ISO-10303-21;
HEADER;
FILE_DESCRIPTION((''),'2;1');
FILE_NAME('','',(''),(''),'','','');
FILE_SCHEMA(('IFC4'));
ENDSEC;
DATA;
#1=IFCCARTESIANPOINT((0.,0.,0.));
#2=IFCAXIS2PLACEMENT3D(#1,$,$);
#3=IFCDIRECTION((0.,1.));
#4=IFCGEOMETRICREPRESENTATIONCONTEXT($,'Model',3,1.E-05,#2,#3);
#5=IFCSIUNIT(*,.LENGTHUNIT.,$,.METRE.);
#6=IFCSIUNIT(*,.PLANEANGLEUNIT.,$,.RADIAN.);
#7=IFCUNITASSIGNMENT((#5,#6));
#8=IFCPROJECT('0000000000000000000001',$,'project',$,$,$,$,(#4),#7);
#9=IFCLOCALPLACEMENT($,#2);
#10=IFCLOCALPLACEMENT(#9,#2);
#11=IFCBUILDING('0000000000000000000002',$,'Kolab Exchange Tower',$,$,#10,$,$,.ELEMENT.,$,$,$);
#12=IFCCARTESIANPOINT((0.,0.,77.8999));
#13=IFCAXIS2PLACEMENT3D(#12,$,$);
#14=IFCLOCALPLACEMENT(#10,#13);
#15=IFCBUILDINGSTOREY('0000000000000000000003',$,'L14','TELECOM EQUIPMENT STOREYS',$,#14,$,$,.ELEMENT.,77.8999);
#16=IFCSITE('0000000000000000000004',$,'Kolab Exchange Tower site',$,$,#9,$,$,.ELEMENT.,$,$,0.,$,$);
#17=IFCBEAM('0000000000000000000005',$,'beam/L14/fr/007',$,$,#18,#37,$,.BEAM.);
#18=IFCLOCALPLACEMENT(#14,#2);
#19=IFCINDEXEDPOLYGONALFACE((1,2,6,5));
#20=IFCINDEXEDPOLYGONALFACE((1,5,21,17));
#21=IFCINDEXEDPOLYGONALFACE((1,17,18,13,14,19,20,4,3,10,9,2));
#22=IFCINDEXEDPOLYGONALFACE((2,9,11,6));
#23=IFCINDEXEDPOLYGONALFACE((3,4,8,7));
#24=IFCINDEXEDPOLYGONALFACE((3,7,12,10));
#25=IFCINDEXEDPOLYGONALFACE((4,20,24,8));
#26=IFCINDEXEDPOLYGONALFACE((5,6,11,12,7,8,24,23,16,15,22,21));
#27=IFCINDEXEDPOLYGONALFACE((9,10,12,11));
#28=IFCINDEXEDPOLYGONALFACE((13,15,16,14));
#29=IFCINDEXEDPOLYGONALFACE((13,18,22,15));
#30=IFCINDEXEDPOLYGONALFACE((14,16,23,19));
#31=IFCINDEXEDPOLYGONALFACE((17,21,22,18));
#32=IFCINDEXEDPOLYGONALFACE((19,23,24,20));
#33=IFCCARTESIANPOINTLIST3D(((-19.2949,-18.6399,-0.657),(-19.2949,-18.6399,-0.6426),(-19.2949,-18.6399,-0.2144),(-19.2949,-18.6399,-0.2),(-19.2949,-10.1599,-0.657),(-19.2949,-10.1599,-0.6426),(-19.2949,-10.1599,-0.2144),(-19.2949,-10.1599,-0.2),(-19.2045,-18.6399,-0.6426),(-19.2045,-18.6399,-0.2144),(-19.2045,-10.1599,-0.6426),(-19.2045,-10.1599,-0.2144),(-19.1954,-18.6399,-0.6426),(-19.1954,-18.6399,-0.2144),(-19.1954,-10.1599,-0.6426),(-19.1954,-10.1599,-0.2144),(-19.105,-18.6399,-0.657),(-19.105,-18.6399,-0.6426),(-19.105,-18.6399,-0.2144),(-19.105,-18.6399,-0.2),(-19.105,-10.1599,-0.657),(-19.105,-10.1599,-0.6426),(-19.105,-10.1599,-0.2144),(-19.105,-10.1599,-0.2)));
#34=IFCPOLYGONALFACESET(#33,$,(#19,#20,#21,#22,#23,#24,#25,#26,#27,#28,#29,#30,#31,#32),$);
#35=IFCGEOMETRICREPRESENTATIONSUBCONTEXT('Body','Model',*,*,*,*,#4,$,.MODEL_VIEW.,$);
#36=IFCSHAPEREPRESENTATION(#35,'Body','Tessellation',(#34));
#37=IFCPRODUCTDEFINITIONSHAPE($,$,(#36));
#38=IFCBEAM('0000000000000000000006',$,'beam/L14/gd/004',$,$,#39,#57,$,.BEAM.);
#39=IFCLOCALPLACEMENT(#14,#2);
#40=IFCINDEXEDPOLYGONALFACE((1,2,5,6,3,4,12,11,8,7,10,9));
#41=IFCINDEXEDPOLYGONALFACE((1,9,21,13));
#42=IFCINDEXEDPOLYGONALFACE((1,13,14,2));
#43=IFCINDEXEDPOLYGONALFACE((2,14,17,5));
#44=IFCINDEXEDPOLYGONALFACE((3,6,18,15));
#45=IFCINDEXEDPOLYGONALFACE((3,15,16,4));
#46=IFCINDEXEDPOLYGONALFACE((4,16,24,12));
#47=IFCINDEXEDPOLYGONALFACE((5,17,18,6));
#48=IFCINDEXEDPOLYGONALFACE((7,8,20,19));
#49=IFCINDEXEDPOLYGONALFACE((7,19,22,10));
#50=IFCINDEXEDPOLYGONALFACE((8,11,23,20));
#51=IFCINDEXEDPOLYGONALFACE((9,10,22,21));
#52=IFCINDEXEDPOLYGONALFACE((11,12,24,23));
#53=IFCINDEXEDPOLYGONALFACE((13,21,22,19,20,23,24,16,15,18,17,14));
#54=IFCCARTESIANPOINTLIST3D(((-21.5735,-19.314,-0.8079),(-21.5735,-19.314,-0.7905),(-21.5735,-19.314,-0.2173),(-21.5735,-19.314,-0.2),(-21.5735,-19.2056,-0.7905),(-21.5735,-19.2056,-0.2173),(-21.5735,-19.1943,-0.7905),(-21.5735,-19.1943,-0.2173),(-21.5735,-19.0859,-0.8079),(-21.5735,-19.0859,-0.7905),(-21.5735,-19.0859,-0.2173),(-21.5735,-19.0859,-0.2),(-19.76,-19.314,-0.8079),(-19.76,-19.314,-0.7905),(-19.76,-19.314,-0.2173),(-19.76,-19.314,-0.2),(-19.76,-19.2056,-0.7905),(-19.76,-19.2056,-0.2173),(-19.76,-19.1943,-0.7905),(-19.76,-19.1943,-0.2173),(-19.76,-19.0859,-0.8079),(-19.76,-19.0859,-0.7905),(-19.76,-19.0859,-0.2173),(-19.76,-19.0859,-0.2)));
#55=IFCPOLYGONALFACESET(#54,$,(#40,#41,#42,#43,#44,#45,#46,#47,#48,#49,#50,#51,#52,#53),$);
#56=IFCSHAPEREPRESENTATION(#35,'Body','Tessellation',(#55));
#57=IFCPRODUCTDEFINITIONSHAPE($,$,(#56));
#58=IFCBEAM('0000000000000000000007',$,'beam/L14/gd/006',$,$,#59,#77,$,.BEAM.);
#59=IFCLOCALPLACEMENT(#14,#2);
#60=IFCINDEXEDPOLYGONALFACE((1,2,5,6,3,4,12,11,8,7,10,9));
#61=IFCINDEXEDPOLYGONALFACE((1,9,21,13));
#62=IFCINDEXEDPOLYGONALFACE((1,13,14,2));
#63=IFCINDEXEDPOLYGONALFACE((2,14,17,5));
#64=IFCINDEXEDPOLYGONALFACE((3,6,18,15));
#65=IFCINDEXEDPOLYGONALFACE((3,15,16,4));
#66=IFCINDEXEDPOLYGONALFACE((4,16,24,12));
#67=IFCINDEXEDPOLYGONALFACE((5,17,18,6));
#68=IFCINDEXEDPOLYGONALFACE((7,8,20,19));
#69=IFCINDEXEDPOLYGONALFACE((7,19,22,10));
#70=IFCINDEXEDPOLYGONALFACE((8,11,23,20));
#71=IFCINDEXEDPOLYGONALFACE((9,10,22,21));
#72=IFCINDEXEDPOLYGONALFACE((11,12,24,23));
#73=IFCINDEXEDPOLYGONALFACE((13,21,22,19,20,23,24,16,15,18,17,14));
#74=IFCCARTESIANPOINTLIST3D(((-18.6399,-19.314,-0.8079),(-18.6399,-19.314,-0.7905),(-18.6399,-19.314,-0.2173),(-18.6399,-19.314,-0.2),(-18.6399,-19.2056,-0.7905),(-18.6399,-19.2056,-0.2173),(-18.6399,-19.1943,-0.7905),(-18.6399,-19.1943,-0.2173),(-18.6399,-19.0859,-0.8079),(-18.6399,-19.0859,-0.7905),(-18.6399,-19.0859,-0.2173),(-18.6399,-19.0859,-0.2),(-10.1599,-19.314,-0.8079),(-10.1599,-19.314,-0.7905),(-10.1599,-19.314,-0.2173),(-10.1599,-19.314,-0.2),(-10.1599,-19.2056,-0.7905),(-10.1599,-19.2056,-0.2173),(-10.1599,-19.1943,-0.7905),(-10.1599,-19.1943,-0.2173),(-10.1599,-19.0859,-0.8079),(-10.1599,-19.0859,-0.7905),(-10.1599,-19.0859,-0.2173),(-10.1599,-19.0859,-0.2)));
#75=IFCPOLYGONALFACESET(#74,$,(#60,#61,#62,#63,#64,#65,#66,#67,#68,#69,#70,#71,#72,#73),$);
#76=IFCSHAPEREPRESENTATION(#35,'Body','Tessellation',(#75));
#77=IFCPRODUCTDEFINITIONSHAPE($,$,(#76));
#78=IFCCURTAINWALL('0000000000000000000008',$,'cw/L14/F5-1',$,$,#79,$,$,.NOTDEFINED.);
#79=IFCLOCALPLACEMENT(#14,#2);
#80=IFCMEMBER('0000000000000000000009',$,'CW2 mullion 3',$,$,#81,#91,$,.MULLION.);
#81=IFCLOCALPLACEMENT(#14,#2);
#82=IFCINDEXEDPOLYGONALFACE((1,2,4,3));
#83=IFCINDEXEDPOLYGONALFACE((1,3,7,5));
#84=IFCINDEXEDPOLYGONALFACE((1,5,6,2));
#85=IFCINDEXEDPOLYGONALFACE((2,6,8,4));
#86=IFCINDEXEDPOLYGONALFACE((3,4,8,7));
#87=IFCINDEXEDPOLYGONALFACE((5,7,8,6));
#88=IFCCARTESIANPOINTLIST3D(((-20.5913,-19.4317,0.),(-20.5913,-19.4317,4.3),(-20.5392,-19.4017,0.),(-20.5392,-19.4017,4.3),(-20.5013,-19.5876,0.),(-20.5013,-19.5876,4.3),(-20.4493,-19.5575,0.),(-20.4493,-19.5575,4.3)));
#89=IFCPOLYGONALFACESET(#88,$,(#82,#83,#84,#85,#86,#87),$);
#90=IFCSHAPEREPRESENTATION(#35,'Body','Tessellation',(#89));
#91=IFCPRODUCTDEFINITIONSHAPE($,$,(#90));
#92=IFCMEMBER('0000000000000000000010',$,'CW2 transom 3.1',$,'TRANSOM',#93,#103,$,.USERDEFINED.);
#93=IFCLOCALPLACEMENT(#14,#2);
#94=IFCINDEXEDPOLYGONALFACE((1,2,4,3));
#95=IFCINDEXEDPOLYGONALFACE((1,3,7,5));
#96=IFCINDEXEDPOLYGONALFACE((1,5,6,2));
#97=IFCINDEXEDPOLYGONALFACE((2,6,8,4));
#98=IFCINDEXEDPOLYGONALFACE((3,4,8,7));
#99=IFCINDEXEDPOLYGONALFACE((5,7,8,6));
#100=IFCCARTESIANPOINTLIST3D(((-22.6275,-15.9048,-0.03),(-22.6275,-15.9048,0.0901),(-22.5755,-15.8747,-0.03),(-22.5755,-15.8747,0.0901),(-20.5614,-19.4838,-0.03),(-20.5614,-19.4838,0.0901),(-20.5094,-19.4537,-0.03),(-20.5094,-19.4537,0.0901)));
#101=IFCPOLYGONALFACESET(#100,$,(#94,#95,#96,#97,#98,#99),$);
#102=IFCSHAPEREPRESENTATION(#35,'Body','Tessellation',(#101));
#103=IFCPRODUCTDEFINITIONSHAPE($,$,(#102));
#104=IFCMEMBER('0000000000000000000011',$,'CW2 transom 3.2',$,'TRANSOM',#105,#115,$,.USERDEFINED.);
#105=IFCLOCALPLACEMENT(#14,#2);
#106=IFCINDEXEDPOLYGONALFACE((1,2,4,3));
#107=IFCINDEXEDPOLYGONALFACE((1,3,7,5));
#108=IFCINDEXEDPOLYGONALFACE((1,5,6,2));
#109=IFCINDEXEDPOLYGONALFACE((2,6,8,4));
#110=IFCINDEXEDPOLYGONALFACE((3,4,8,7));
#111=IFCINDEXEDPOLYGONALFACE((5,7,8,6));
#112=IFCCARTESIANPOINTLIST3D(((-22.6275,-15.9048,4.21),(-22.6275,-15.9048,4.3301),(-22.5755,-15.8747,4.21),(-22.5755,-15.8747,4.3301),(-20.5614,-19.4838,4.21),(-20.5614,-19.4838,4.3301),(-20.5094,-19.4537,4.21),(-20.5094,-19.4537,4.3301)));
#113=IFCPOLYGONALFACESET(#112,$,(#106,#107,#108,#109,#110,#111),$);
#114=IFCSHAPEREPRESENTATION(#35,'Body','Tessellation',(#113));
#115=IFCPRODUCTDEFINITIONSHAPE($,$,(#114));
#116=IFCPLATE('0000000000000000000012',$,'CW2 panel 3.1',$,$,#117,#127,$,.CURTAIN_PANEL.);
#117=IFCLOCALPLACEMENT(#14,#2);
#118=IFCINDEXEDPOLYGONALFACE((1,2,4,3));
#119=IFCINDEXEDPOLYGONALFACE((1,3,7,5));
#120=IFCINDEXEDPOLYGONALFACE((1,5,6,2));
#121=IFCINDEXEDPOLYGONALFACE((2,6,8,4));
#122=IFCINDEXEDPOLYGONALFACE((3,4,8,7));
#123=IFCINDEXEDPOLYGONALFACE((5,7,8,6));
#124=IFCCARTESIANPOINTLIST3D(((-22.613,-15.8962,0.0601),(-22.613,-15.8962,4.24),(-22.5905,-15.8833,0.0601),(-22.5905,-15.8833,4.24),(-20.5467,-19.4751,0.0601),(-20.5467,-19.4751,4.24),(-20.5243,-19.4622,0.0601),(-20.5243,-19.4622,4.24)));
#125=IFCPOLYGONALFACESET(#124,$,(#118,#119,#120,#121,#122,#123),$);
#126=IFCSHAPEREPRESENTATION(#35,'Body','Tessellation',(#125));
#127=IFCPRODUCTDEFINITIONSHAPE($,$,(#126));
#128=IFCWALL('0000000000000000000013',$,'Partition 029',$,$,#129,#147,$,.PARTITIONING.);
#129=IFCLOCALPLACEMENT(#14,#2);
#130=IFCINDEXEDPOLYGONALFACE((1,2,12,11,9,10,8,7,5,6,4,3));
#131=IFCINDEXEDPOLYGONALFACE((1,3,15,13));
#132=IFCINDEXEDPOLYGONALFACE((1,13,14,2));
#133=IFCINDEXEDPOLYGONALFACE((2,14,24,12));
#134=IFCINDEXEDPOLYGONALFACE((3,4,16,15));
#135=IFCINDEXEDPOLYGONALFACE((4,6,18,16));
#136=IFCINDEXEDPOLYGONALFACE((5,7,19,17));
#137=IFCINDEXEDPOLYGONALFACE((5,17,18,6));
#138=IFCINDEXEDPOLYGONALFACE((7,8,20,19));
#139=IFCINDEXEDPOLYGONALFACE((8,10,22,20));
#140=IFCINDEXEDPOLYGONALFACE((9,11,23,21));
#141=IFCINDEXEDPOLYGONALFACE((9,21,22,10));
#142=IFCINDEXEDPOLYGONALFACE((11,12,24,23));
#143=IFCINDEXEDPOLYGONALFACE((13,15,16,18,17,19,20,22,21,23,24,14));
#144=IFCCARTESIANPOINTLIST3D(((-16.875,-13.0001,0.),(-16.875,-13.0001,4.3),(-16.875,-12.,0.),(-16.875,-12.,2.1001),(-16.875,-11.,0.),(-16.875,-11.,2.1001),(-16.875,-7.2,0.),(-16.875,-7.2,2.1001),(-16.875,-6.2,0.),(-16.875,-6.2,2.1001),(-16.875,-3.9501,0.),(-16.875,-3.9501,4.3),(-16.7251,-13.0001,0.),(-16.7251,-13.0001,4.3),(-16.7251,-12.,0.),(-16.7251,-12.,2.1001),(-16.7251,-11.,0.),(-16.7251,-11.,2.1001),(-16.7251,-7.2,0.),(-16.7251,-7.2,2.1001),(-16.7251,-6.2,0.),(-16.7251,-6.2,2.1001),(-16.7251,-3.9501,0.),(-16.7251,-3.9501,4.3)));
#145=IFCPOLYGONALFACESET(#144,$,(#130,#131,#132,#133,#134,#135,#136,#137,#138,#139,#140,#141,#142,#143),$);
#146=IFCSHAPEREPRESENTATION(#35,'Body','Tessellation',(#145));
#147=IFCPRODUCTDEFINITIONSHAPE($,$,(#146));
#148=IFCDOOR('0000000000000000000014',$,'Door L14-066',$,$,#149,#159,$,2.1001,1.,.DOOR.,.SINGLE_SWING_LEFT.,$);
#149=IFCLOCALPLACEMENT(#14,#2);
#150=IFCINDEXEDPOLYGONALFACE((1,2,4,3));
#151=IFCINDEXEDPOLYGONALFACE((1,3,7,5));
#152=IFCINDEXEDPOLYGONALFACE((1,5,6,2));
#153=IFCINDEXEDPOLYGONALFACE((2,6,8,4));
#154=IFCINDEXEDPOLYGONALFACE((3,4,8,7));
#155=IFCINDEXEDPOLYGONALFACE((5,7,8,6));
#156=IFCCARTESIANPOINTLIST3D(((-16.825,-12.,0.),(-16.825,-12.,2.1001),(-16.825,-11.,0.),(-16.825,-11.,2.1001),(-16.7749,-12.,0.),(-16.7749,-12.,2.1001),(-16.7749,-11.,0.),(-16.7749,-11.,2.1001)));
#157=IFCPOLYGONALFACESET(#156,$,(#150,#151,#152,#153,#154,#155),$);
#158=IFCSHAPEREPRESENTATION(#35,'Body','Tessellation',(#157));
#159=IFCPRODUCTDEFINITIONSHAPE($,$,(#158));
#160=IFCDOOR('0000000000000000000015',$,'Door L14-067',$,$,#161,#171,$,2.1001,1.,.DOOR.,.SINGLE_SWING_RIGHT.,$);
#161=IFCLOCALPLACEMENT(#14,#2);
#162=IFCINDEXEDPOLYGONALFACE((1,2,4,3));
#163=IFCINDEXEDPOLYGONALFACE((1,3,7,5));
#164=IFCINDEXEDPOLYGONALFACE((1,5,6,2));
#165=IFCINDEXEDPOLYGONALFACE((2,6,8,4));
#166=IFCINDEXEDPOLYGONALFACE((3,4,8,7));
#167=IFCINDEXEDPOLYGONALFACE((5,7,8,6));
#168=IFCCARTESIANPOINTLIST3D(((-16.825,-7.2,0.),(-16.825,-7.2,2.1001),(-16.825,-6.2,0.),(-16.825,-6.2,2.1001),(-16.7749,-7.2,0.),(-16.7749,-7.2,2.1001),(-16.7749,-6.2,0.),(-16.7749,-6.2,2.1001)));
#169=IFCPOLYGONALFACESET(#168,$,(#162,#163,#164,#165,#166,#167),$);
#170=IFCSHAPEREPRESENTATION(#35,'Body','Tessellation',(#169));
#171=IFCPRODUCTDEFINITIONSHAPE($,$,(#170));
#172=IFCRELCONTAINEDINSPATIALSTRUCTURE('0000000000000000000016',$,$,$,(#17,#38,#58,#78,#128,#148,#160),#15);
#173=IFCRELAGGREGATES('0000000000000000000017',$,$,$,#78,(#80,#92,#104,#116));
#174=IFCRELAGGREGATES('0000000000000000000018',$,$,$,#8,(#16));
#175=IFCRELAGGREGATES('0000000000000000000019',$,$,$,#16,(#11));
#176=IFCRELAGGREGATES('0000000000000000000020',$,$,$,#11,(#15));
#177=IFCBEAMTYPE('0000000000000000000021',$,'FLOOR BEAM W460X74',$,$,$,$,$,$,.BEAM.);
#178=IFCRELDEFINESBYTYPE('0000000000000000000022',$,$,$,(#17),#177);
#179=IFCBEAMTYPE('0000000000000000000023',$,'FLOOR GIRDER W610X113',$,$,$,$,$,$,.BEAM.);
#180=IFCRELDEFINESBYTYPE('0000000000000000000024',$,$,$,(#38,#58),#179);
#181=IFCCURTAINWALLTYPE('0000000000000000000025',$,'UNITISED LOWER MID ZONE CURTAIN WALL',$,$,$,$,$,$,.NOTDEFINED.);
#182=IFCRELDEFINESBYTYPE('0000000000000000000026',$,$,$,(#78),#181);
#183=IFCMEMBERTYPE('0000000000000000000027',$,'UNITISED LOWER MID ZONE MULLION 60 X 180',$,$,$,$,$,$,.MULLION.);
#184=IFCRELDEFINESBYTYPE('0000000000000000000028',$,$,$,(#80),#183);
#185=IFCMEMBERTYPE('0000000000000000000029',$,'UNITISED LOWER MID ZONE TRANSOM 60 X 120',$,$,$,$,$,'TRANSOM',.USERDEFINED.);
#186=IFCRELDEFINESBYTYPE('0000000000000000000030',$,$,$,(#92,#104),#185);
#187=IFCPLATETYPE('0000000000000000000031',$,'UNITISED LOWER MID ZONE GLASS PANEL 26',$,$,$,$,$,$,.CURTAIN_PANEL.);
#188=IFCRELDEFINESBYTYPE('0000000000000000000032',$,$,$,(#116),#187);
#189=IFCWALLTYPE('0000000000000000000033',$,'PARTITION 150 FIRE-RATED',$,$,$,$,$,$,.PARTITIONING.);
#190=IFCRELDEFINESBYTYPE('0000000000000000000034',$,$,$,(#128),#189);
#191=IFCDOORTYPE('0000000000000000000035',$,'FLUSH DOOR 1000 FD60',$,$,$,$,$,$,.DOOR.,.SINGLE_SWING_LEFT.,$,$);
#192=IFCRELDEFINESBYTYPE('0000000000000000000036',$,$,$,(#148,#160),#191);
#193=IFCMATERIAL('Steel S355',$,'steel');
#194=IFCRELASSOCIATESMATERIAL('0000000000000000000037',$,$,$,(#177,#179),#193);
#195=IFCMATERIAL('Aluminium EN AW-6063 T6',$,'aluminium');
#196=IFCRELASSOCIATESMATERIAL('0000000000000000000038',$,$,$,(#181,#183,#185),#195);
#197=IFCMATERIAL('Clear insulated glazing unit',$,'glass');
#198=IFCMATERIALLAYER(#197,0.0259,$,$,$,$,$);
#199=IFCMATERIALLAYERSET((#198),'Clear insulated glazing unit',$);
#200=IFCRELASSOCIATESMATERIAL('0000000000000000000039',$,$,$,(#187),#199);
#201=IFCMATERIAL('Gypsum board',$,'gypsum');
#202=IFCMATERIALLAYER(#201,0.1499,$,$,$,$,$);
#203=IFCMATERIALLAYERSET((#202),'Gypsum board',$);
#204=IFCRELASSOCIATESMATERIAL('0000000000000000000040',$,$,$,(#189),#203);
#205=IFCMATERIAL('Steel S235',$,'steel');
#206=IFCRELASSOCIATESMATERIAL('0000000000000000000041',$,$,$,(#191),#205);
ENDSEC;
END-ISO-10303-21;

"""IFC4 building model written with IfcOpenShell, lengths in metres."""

from ifc_helpers import new_model, si_unit, direction, frame, frame_2d, origin, origin_2d, place, context, subcontext, project, spatial, rectangle, i_section, extrude, material, layer, layer_set, material_profile, profile_set, type_object, element, fill, aggregate, save


model = new_model("IFC4")

# Units and contexts
model_context = context("Model", 3, precision=1e-05, world=origin(), true_north=direction((0.0, 1.0)))
body_context = subcontext(model_context, "Body", "Model", "MODEL_VIEW")
ifc_project = project(units=[si_unit("LENGTHUNIT", "METRE"), si_unit("PLANEANGLEUNIT", "RADIAN")], contexts=[model_context])

# Site, building, storey
site_placement = place(None, origin())
site = spatial("IfcSite", under=ifc_project, at=site_placement, Name="Kolab Exchange Tower site", CompositionType="ELEMENT", RefElevation=0.0)
building_placement = place(site_placement, origin())
building = spatial("IfcBuilding", under=site, at=building_placement, Name="Kolab Exchange Tower", CompositionType="ELEMENT")
storey_placement = place(building_placement, frame((0.0, 0.0, 77.8999)))
storey = spatial("IfcBuildingStorey", under=building, at=storey_placement, Name="L14", Description="TELECOM EQUIPMENT STOREYS", CompositionType="ELEMENT", Elevation=77.8999)

# Beams
ifc_material_1 = material(Name="Steel S355", Category="steel")
ifc_material_profile_1 = material_profile(ifc_material_1, i_section(OverallWidth=0.1899, OverallDepth=0.457, WebThickness=0.009, FlangeThickness=0.0144, at=origin_2d()), Name="W460X74")
ifc_profile_set_1 = profile_set([ifc_material_profile_1], Name="Steel S355")
beam_type_1 = type_object("IfcBeamType", Name="FLOOR BEAM W460X74", PredefinedType="BEAM", material=ifc_profile_set_1)
beam_1_placement = place(storey_placement, frame((-19.2, -18.6399, -0.4285), z_axis=(0.0, 1.0, 0.0), x_axis=(-1.0, 0.0, 0.0)))
element("IfcBeam", 1, at=beam_1_placement, inside=storey, type_object=beam_type_1, Name="beam/L14/fr/007", PredefinedType="BEAM", context=body_context, shape_type="SweptSolid", body=[
    extrude(i_section(OverallWidth=0.1899, OverallDepth=0.457, WebThickness=0.009, FlangeThickness=0.0144, at=origin_2d()), origin(), (0.0, 0.0, 1.0), 8.48),
])
ifc_material_profile_2 = material_profile(ifc_material_1, i_section(OverallWidth=0.228, OverallDepth=0.6079, WebThickness=0.0112, FlangeThickness=0.0173, at=origin_2d()), Name="W610X113")
ifc_profile_set_2 = profile_set([ifc_material_profile_2], Name="Steel S355")
beam_type_2 = type_object("IfcBeamType", Name="FLOOR GIRDER W610X113", PredefinedType="BEAM", material=ifc_profile_set_2)
beam_2_placement = place(storey_placement, frame((-21.5735, -19.2, -0.5039), z_axis=(1.0, 0.0, 0.0), x_axis=(0.0, 1.0, 0.0)))
element("IfcBeam", 2, at=beam_2_placement, inside=storey, type_object=beam_type_2, Name="beam/L14/gd/004", PredefinedType="BEAM", context=body_context, shape_type="SweptSolid", body=[
    extrude(i_section(OverallWidth=0.228, OverallDepth=0.6079, WebThickness=0.0112, FlangeThickness=0.0173, at=origin_2d()), origin(), (0.0, 0.0, 1.0), 1.8135),
])
beam_3_placement = place(storey_placement, frame((-18.6399, -19.2, -0.5039), z_axis=(1.0, 0.0, 0.0), x_axis=(0.0, 1.0, 0.0)))
element("IfcBeam", 3, at=beam_3_placement, inside=storey, type_object=beam_type_2, Name="beam/L14/gd/006", PredefinedType="BEAM", context=body_context, shape_type="SweptSolid", body=[
    extrude(i_section(OverallWidth=0.228, OverallDepth=0.6079, WebThickness=0.0112, FlangeThickness=0.0173, at=origin_2d()), origin(), (0.0, 0.0, 1.0), 8.48),
])

# Curtain wall, members, plate
ifc_material_2 = material(Name="Aluminium EN AW-6063 T6", Category="aluminium")
curtain_wall_type = type_object("IfcCurtainWallType", Name="UNITISED LOWER MID ZONE CURTAIN WALL", PredefinedType="NOTDEFINED", material=ifc_material_2)
curtain_wall_placement = place(storey_placement, origin())
curtain_wall = element("IfcCurtainWall", 4, at=curtain_wall_placement, inside=storey, type_object=curtain_wall_type, Name="cw/L14/F5-1", PredefinedType="NOTDEFINED")
ifc_material_profile_3 = material_profile(ifc_material_2, rectangle(XDim=0.0601, YDim=0.1799, at=origin_2d()), Name="RECT 60X180")
ifc_profile_set_3 = profile_set([ifc_material_profile_3], Name="Aluminium EN AW-6063 T6")
member_type_1 = type_object("IfcMemberType", Name="UNITISED LOWER MID ZONE MULLION 60 X 180", PredefinedType="MULLION", material=ifc_profile_set_3)
member_1_placement = place(storey_placement, frame((-20.5203, -19.4946, 0.0), z_axis=(0.0, 0.0, 1.0), x_axis=(-0.866025, -0.5, 0.0)))
member_1 = element("IfcMember", 5, at=member_1_placement, type_object=member_type_1, Name="CW2 mullion 3", PredefinedType="MULLION", context=body_context, shape_type="SweptSolid", body=[
    extrude(rectangle(XDim=0.0601, YDim=0.1799, at=origin_2d()), origin(), (0.0, 0.0, 1.0), 4.3),
])
ifc_material_profile_4 = material_profile(ifc_material_2, rectangle(XDim=0.0601, YDim=0.1201, at=origin_2d()), Name="RECT 60X120")
ifc_profile_set_4 = profile_set([ifc_material_profile_4], Name="Aluminium EN AW-6063 T6")
member_type_2 = type_object("IfcMemberType", Name="UNITISED LOWER MID ZONE TRANSOM 60 X 120", ElementType="TRANSOM", PredefinedType="USERDEFINED", material=ifc_profile_set_4)
member_2_placement = place(storey_placement, frame((-20.5354, -19.4688, 0.03), z_axis=(-0.499958, 0.86605, 0.0), x_axis=(-0.86605, -0.499958, 0.0)))
member_2 = element("IfcMember", 6, at=member_2_placement, type_object=member_type_2, Name="CW2 transom 3.1", ObjectType="TRANSOM", PredefinedType="USERDEFINED", context=body_context, shape_type="SweptSolid", body=[
    extrude(rectangle(XDim=0.0601, YDim=0.1201, at=origin_2d()), origin(), (0.0, 0.0, 1.0), 4.1326),
])
member_3_placement = place(storey_placement, frame((-20.5354, -19.4688, 4.27), z_axis=(-0.499958, 0.86605, 0.0), x_axis=(-0.86605, -0.499958, 0.0)))
member_3 = element("IfcMember", 7, at=member_3_placement, type_object=member_type_2, Name="CW2 transom 3.2", ObjectType="TRANSOM", PredefinedType="USERDEFINED", context=body_context, shape_type="SweptSolid", body=[
    extrude(rectangle(XDim=0.0601, YDim=0.1201, at=origin_2d()), origin(), (0.0, 0.0, 1.0), 4.1326),
])
ifc_material_3 = material(Name="Clear insulated glazing unit", Category="glass")
ifc_layer_1 = layer(ifc_material_3, 0.0259)
ifc_layer_set_1 = layer_set([ifc_layer_1], Name="Clear insulated glazing unit")
plate_type = type_object("IfcPlateType", Name="UNITISED LOWER MID ZONE GLASS PANEL 26", PredefinedType="CURTAIN_PANEL", material=ifc_layer_set_1)
plate_placement = place(storey_placement, frame((-21.5686, -17.6792, 0.0601), z_axis=(0.0, 0.0, 1.0), x_axis=(-0.5, 0.866025, 0.0)))
plate = element("IfcPlate", 8, at=plate_placement, type_object=plate_type, Name="CW2 panel 3.1", PredefinedType="CURTAIN_PANEL", context=body_context, shape_type="SweptSolid", body=[
    extrude(rectangle(XDim=4.1326, YDim=0.0259, at=origin_2d()), origin(), (0.0, 0.0, 1.0), 4.1799),
])
aggregate(curtain_wall, [member_1, member_2, member_3, plate])

# Wall, openings, doors
ifc_material_4 = material(Name="Gypsum board", Category="gypsum")
ifc_layer_2 = layer(ifc_material_4, 0.1499)
ifc_layer_set_2 = layer_set([ifc_layer_2], Name="Gypsum board")
wall_type = type_object("IfcWallType", Name="PARTITION 150 FIRE-RATED", PredefinedType="PARTITIONING", material=ifc_layer_set_2)
wall_1_placement = place(storey_placement, frame((-16.8, -13.0, 0.0), z_axis=(0.0, 0.0, 1.0), x_axis=(0.0, 1.0, 0.0)))
wall_1 = element("IfcWall", 9, at=wall_1_placement, inside=storey, type_object=wall_type, Name="Partition 029", PredefinedType="PARTITIONING", context=body_context, shape_type="SweptSolid", body=[
    extrude(rectangle(XDim=9.05, YDim=0.1499, at=frame_2d((4.5249, 0.0))), origin(), (0.0, 0.0, 1.0), 4.3),
])
opening_1_placement = place(wall_1_placement, frame((1.0, 0.0, 0.0)))
opening_1 = element("IfcOpeningElement", 10, at=opening_1_placement, cuts=wall_1, PredefinedType="OPENING", context=body_context, shape_type="SweptSolid", body=[
    extrude(rectangle(XDim=1.0, YDim=2.1001, at=frame_2d((0.5, 1.05))), frame((0.0, 0.085, 0.0), z_axis=(0.0, -1.0, 0.0), x_axis=(1.0, 0.0, 0.0)), (0.0, 0.0, 1.0), 0.1699),
])
opening_2_placement = place(wall_1_placement, frame((5.8, 0.0, 0.0)))
opening_2 = element("IfcOpeningElement", 11, at=opening_2_placement, cuts=wall_1, PredefinedType="OPENING", context=body_context, shape_type="SweptSolid", body=[
    extrude(rectangle(XDim=1.0, YDim=2.1001, at=frame_2d((0.5, 1.05))), frame((0.0, 0.085, 0.0), z_axis=(0.0, -1.0, 0.0), x_axis=(1.0, 0.0, 0.0)), (0.0, 0.0, 1.0), 0.1699),
])
ifc_material_5 = material(Name="Steel S235", Category="steel")
door_type_1 = type_object("IfcDoorType", Name="FLUSH DOOR 1000 FD60", OperationType="SINGLE_SWING_LEFT", PredefinedType="DOOR", material=ifc_material_5)
door_1_placement = place(opening_1_placement, origin())
door_1 = element("IfcDoor", 12, at=door_1_placement, inside=storey, type_object=door_type_1, Name="Door L14-066", OperationType="SINGLE_SWING_LEFT", OverallHeight=2.1001, OverallWidth=1.0, PredefinedType="DOOR", context=body_context, shape_type="SweptSolid", body=[
    extrude(rectangle(XDim=1.0, YDim=2.1001, at=frame_2d((0.5, 1.05))), frame((0.0, 0.0249, 0.0), z_axis=(0.0, -1.0, 0.0), x_axis=(1.0, 0.0, 0.0)), (0.0, 0.0, 1.0), 0.05),
])
fill(opening_1, door_1)
door_2_placement = place(opening_2_placement, origin())
door_2 = element("IfcDoor", 13, at=door_2_placement, inside=storey, type_object=door_type_1, Name="Door L14-067", OperationType="SINGLE_SWING_RIGHT", OverallHeight=2.1001, OverallWidth=1.0, PredefinedType="DOOR", context=body_context, shape_type="SweptSolid", body=[
    extrude(rectangle(XDim=1.0, YDim=2.1001, at=frame_2d((0.5, 1.05))), frame((0.0, 0.0249, 0.0), z_axis=(0.0, -1.0, 0.0), x_axis=(1.0, 0.0, 0.0)), (0.0, 0.0, 1.0), 0.05),
])
fill(opening_2, door_2)

save(model, "model.ifc")
